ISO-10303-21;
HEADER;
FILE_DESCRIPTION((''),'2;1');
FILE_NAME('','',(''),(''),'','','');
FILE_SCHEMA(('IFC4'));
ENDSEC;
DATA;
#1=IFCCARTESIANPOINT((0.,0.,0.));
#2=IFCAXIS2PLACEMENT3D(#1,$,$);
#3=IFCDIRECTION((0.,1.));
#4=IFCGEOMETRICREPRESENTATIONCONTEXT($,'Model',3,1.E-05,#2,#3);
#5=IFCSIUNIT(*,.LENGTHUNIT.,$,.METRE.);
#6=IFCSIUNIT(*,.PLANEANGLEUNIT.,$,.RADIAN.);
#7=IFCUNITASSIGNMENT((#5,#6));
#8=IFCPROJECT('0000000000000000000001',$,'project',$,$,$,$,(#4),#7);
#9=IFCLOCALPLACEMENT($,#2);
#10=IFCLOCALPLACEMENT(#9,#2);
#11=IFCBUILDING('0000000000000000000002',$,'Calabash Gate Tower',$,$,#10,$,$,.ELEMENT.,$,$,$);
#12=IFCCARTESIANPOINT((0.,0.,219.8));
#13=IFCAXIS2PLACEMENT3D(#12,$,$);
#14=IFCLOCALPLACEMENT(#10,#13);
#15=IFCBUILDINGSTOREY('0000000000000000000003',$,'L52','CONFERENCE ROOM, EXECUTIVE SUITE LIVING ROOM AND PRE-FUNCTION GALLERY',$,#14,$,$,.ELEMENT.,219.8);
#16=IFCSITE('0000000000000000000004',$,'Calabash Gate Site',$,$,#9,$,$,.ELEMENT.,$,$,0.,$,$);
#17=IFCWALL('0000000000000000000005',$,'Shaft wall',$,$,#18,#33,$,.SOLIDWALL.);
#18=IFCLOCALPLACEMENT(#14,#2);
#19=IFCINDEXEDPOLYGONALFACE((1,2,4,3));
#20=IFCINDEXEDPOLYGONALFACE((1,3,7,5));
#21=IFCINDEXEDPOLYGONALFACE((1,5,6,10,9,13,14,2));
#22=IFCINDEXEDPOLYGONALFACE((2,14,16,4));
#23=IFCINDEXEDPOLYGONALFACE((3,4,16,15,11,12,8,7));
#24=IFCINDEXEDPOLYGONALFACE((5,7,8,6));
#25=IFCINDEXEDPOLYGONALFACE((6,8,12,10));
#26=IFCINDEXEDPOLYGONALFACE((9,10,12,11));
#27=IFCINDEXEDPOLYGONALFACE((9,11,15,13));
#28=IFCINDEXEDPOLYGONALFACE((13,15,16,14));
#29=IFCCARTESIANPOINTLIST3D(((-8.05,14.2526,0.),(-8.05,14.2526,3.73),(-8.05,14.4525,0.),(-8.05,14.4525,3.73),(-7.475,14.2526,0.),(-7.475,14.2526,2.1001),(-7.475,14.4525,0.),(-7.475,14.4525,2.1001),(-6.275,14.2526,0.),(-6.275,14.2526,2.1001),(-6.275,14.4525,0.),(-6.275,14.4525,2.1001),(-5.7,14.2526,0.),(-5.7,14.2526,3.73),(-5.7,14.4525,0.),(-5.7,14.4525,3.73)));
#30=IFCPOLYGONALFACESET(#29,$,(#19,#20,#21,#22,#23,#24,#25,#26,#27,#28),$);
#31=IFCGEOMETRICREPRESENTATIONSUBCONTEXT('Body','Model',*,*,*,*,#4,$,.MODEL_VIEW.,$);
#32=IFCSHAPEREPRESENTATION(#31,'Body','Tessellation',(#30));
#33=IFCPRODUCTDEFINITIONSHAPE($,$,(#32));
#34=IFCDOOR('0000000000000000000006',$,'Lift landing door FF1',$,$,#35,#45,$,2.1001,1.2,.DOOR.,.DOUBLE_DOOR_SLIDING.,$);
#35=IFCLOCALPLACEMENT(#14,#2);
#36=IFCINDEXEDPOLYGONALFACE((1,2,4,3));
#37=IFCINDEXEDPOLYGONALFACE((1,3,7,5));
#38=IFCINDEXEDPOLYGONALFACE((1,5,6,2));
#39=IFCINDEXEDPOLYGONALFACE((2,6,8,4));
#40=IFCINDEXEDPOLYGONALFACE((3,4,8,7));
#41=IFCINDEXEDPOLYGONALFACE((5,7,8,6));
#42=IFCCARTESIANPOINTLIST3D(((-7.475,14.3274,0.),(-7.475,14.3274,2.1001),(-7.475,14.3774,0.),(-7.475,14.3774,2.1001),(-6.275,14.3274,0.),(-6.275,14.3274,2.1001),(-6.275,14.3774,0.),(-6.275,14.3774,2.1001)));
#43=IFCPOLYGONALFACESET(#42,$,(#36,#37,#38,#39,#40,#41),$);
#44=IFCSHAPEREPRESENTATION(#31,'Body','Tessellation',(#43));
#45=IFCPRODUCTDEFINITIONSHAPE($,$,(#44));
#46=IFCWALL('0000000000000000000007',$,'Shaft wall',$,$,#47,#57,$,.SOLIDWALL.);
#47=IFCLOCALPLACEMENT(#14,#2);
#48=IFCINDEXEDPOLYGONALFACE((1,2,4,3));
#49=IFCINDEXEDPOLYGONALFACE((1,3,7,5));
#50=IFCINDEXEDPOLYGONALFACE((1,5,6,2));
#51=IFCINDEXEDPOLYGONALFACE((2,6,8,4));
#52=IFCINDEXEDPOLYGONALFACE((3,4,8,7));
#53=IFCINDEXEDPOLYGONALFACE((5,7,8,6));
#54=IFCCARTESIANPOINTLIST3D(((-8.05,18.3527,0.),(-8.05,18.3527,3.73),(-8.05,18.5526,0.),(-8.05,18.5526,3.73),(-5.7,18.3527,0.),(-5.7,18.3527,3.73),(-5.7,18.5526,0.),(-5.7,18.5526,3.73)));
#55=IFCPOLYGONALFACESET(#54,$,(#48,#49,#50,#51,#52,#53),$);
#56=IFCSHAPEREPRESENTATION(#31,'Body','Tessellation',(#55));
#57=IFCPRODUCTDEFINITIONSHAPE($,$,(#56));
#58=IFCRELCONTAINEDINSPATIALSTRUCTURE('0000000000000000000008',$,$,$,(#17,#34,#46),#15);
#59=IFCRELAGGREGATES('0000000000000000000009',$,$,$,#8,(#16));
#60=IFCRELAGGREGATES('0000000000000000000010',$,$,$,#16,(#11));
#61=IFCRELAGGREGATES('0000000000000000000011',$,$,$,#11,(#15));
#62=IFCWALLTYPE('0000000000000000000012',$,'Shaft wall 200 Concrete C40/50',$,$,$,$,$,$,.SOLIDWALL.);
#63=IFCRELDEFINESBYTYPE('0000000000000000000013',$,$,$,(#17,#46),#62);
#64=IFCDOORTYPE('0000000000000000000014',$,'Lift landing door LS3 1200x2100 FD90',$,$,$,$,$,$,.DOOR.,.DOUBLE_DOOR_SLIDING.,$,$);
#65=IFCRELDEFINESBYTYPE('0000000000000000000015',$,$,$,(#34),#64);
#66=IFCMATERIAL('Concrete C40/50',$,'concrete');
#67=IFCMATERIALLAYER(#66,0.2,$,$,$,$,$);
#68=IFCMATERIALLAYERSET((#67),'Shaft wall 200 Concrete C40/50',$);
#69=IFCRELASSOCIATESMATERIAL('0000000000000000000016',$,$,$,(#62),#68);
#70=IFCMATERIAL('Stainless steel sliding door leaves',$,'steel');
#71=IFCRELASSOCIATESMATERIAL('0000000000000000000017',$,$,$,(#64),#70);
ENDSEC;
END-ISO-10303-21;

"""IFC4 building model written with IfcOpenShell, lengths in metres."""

from ifc_helpers import new_model, si_unit, direction, frame, frame_2d, origin, place, context, subcontext, project, spatial, rectangle, extrude, material, layer, layer_set, type_object, element, fill, save


model = new_model("IFC4")

# Units and contexts
model_context = context("Model", 3, precision=1e-05, world=origin(), true_north=direction((0.0, 1.0)))
body_context = subcontext(model_context, "Body", "Model", "MODEL_VIEW")
ifc_project = project(units=[si_unit("LENGTHUNIT", "METRE"), si_unit("PLANEANGLEUNIT", "RADIAN")], contexts=[model_context])

# Site, building, storey
site_placement = place(None, origin())
site = spatial("IfcSite", under=ifc_project, at=site_placement, Name="Calabash Gate Site", CompositionType="ELEMENT", RefElevation=0.0)
building_placement = place(site_placement, origin())
building = spatial("IfcBuilding", under=site, at=building_placement, Name="Calabash Gate Tower", CompositionType="ELEMENT")
storey_placement = place(building_placement, frame((0.0, 0.0, 219.8)))
storey = spatial("IfcBuildingStorey", under=building, at=storey_placement, Name="L52", Description="CONFERENCE ROOM, EXECUTIVE SUITE LIVING ROOM AND PRE-FUNCTION GALLERY", CompositionType="ELEMENT", Elevation=219.8)

# Shared definitions
ifc_material_1 = material(Name="Concrete C40/50", Category="concrete")
ifc_layer_1 = layer(ifc_material_1, 0.2)
ifc_layer_set_1 = layer_set([ifc_layer_1], Name="Shaft wall 200 Concrete C40/50")
wall_type_1 = type_object("IfcWallType", Name="Shaft wall 200 Concrete C40/50", PredefinedType="SOLIDWALL", material=ifc_layer_set_1)

# Wall, opening, door
wall_1_placement = place(storey_placement, frame((-8.05, 14.3525, 0.0), z_axis=(0.0, 0.0, 1.0), x_axis=(1.0, 0.0, 0.0)))
wall_1 = element("IfcWall", 1, at=wall_1_placement, inside=storey, type_object=wall_type_1, Name="Shaft wall", PredefinedType="SOLIDWALL", context=body_context, shape_type="SweptSolid", body=[
    extrude(rectangle(XDim=2.3501, YDim=0.2, at=frame_2d((1.175, 0.0))), origin(), (0.0, 0.0, 1.0), 3.73),
])
opening_1_placement = place(wall_1_placement, frame((0.575, 0.0, 0.0)))
opening_1 = element("IfcOpeningElement", 2, at=opening_1_placement, cuts=wall_1, PredefinedType="OPENING", context=body_context, shape_type="SweptSolid", body=[
    extrude(rectangle(XDim=1.2, YDim=2.1001, at=frame_2d((0.6001, 1.05))), frame((0.0, 0.1099, 0.0), z_axis=(0.0, -1.0, 0.0), x_axis=(1.0, 0.0, 0.0)), (0.0, 0.0, 1.0), 0.22),
])
ifc_material_2 = material(Name="Stainless steel sliding door leaves", Category="steel")
door_type_1 = type_object("IfcDoorType", Name="Lift landing door LS3 1200x2100 FD90", OperationType="DOUBLE_DOOR_SLIDING", PredefinedType="DOOR", material=ifc_material_2)
door_1_placement = place(opening_1_placement, origin())
door_1 = element("IfcDoor", 3, at=door_1_placement, inside=storey, type_object=door_type_1, Name="Lift landing door FF1", OperationType="DOUBLE_DOOR_SLIDING", OverallHeight=2.1001, OverallWidth=1.2, PredefinedType="DOOR", context=body_context, shape_type="SweptSolid", body=[
    extrude(rectangle(XDim=1.2, YDim=2.1001, at=frame_2d((0.6001, 1.05))), frame((0.0, 0.0249, 0.0), z_axis=(0.0, -1.0, 0.0), x_axis=(1.0, 0.0, 0.0)), (0.0, 0.0, 1.0), 0.05),
])
fill(opening_1, door_1)

# Wall
wall_2_placement = place(storey_placement, frame((-8.05, 18.4526, 0.0), z_axis=(0.0, 0.0, 1.0), x_axis=(1.0, 0.0, 0.0)))
element("IfcWall", 4, at=wall_2_placement, inside=storey, type_object=wall_type_1, Name="Shaft wall", PredefinedType="SOLIDWALL", context=body_context, shape_type="SweptSolid", body=[
    extrude(rectangle(XDim=2.3501, YDim=0.2, at=frame_2d((1.175, 0.0))), origin(), (0.0, 0.0, 1.0), 3.73),
])

save(model, "model.ifc")
